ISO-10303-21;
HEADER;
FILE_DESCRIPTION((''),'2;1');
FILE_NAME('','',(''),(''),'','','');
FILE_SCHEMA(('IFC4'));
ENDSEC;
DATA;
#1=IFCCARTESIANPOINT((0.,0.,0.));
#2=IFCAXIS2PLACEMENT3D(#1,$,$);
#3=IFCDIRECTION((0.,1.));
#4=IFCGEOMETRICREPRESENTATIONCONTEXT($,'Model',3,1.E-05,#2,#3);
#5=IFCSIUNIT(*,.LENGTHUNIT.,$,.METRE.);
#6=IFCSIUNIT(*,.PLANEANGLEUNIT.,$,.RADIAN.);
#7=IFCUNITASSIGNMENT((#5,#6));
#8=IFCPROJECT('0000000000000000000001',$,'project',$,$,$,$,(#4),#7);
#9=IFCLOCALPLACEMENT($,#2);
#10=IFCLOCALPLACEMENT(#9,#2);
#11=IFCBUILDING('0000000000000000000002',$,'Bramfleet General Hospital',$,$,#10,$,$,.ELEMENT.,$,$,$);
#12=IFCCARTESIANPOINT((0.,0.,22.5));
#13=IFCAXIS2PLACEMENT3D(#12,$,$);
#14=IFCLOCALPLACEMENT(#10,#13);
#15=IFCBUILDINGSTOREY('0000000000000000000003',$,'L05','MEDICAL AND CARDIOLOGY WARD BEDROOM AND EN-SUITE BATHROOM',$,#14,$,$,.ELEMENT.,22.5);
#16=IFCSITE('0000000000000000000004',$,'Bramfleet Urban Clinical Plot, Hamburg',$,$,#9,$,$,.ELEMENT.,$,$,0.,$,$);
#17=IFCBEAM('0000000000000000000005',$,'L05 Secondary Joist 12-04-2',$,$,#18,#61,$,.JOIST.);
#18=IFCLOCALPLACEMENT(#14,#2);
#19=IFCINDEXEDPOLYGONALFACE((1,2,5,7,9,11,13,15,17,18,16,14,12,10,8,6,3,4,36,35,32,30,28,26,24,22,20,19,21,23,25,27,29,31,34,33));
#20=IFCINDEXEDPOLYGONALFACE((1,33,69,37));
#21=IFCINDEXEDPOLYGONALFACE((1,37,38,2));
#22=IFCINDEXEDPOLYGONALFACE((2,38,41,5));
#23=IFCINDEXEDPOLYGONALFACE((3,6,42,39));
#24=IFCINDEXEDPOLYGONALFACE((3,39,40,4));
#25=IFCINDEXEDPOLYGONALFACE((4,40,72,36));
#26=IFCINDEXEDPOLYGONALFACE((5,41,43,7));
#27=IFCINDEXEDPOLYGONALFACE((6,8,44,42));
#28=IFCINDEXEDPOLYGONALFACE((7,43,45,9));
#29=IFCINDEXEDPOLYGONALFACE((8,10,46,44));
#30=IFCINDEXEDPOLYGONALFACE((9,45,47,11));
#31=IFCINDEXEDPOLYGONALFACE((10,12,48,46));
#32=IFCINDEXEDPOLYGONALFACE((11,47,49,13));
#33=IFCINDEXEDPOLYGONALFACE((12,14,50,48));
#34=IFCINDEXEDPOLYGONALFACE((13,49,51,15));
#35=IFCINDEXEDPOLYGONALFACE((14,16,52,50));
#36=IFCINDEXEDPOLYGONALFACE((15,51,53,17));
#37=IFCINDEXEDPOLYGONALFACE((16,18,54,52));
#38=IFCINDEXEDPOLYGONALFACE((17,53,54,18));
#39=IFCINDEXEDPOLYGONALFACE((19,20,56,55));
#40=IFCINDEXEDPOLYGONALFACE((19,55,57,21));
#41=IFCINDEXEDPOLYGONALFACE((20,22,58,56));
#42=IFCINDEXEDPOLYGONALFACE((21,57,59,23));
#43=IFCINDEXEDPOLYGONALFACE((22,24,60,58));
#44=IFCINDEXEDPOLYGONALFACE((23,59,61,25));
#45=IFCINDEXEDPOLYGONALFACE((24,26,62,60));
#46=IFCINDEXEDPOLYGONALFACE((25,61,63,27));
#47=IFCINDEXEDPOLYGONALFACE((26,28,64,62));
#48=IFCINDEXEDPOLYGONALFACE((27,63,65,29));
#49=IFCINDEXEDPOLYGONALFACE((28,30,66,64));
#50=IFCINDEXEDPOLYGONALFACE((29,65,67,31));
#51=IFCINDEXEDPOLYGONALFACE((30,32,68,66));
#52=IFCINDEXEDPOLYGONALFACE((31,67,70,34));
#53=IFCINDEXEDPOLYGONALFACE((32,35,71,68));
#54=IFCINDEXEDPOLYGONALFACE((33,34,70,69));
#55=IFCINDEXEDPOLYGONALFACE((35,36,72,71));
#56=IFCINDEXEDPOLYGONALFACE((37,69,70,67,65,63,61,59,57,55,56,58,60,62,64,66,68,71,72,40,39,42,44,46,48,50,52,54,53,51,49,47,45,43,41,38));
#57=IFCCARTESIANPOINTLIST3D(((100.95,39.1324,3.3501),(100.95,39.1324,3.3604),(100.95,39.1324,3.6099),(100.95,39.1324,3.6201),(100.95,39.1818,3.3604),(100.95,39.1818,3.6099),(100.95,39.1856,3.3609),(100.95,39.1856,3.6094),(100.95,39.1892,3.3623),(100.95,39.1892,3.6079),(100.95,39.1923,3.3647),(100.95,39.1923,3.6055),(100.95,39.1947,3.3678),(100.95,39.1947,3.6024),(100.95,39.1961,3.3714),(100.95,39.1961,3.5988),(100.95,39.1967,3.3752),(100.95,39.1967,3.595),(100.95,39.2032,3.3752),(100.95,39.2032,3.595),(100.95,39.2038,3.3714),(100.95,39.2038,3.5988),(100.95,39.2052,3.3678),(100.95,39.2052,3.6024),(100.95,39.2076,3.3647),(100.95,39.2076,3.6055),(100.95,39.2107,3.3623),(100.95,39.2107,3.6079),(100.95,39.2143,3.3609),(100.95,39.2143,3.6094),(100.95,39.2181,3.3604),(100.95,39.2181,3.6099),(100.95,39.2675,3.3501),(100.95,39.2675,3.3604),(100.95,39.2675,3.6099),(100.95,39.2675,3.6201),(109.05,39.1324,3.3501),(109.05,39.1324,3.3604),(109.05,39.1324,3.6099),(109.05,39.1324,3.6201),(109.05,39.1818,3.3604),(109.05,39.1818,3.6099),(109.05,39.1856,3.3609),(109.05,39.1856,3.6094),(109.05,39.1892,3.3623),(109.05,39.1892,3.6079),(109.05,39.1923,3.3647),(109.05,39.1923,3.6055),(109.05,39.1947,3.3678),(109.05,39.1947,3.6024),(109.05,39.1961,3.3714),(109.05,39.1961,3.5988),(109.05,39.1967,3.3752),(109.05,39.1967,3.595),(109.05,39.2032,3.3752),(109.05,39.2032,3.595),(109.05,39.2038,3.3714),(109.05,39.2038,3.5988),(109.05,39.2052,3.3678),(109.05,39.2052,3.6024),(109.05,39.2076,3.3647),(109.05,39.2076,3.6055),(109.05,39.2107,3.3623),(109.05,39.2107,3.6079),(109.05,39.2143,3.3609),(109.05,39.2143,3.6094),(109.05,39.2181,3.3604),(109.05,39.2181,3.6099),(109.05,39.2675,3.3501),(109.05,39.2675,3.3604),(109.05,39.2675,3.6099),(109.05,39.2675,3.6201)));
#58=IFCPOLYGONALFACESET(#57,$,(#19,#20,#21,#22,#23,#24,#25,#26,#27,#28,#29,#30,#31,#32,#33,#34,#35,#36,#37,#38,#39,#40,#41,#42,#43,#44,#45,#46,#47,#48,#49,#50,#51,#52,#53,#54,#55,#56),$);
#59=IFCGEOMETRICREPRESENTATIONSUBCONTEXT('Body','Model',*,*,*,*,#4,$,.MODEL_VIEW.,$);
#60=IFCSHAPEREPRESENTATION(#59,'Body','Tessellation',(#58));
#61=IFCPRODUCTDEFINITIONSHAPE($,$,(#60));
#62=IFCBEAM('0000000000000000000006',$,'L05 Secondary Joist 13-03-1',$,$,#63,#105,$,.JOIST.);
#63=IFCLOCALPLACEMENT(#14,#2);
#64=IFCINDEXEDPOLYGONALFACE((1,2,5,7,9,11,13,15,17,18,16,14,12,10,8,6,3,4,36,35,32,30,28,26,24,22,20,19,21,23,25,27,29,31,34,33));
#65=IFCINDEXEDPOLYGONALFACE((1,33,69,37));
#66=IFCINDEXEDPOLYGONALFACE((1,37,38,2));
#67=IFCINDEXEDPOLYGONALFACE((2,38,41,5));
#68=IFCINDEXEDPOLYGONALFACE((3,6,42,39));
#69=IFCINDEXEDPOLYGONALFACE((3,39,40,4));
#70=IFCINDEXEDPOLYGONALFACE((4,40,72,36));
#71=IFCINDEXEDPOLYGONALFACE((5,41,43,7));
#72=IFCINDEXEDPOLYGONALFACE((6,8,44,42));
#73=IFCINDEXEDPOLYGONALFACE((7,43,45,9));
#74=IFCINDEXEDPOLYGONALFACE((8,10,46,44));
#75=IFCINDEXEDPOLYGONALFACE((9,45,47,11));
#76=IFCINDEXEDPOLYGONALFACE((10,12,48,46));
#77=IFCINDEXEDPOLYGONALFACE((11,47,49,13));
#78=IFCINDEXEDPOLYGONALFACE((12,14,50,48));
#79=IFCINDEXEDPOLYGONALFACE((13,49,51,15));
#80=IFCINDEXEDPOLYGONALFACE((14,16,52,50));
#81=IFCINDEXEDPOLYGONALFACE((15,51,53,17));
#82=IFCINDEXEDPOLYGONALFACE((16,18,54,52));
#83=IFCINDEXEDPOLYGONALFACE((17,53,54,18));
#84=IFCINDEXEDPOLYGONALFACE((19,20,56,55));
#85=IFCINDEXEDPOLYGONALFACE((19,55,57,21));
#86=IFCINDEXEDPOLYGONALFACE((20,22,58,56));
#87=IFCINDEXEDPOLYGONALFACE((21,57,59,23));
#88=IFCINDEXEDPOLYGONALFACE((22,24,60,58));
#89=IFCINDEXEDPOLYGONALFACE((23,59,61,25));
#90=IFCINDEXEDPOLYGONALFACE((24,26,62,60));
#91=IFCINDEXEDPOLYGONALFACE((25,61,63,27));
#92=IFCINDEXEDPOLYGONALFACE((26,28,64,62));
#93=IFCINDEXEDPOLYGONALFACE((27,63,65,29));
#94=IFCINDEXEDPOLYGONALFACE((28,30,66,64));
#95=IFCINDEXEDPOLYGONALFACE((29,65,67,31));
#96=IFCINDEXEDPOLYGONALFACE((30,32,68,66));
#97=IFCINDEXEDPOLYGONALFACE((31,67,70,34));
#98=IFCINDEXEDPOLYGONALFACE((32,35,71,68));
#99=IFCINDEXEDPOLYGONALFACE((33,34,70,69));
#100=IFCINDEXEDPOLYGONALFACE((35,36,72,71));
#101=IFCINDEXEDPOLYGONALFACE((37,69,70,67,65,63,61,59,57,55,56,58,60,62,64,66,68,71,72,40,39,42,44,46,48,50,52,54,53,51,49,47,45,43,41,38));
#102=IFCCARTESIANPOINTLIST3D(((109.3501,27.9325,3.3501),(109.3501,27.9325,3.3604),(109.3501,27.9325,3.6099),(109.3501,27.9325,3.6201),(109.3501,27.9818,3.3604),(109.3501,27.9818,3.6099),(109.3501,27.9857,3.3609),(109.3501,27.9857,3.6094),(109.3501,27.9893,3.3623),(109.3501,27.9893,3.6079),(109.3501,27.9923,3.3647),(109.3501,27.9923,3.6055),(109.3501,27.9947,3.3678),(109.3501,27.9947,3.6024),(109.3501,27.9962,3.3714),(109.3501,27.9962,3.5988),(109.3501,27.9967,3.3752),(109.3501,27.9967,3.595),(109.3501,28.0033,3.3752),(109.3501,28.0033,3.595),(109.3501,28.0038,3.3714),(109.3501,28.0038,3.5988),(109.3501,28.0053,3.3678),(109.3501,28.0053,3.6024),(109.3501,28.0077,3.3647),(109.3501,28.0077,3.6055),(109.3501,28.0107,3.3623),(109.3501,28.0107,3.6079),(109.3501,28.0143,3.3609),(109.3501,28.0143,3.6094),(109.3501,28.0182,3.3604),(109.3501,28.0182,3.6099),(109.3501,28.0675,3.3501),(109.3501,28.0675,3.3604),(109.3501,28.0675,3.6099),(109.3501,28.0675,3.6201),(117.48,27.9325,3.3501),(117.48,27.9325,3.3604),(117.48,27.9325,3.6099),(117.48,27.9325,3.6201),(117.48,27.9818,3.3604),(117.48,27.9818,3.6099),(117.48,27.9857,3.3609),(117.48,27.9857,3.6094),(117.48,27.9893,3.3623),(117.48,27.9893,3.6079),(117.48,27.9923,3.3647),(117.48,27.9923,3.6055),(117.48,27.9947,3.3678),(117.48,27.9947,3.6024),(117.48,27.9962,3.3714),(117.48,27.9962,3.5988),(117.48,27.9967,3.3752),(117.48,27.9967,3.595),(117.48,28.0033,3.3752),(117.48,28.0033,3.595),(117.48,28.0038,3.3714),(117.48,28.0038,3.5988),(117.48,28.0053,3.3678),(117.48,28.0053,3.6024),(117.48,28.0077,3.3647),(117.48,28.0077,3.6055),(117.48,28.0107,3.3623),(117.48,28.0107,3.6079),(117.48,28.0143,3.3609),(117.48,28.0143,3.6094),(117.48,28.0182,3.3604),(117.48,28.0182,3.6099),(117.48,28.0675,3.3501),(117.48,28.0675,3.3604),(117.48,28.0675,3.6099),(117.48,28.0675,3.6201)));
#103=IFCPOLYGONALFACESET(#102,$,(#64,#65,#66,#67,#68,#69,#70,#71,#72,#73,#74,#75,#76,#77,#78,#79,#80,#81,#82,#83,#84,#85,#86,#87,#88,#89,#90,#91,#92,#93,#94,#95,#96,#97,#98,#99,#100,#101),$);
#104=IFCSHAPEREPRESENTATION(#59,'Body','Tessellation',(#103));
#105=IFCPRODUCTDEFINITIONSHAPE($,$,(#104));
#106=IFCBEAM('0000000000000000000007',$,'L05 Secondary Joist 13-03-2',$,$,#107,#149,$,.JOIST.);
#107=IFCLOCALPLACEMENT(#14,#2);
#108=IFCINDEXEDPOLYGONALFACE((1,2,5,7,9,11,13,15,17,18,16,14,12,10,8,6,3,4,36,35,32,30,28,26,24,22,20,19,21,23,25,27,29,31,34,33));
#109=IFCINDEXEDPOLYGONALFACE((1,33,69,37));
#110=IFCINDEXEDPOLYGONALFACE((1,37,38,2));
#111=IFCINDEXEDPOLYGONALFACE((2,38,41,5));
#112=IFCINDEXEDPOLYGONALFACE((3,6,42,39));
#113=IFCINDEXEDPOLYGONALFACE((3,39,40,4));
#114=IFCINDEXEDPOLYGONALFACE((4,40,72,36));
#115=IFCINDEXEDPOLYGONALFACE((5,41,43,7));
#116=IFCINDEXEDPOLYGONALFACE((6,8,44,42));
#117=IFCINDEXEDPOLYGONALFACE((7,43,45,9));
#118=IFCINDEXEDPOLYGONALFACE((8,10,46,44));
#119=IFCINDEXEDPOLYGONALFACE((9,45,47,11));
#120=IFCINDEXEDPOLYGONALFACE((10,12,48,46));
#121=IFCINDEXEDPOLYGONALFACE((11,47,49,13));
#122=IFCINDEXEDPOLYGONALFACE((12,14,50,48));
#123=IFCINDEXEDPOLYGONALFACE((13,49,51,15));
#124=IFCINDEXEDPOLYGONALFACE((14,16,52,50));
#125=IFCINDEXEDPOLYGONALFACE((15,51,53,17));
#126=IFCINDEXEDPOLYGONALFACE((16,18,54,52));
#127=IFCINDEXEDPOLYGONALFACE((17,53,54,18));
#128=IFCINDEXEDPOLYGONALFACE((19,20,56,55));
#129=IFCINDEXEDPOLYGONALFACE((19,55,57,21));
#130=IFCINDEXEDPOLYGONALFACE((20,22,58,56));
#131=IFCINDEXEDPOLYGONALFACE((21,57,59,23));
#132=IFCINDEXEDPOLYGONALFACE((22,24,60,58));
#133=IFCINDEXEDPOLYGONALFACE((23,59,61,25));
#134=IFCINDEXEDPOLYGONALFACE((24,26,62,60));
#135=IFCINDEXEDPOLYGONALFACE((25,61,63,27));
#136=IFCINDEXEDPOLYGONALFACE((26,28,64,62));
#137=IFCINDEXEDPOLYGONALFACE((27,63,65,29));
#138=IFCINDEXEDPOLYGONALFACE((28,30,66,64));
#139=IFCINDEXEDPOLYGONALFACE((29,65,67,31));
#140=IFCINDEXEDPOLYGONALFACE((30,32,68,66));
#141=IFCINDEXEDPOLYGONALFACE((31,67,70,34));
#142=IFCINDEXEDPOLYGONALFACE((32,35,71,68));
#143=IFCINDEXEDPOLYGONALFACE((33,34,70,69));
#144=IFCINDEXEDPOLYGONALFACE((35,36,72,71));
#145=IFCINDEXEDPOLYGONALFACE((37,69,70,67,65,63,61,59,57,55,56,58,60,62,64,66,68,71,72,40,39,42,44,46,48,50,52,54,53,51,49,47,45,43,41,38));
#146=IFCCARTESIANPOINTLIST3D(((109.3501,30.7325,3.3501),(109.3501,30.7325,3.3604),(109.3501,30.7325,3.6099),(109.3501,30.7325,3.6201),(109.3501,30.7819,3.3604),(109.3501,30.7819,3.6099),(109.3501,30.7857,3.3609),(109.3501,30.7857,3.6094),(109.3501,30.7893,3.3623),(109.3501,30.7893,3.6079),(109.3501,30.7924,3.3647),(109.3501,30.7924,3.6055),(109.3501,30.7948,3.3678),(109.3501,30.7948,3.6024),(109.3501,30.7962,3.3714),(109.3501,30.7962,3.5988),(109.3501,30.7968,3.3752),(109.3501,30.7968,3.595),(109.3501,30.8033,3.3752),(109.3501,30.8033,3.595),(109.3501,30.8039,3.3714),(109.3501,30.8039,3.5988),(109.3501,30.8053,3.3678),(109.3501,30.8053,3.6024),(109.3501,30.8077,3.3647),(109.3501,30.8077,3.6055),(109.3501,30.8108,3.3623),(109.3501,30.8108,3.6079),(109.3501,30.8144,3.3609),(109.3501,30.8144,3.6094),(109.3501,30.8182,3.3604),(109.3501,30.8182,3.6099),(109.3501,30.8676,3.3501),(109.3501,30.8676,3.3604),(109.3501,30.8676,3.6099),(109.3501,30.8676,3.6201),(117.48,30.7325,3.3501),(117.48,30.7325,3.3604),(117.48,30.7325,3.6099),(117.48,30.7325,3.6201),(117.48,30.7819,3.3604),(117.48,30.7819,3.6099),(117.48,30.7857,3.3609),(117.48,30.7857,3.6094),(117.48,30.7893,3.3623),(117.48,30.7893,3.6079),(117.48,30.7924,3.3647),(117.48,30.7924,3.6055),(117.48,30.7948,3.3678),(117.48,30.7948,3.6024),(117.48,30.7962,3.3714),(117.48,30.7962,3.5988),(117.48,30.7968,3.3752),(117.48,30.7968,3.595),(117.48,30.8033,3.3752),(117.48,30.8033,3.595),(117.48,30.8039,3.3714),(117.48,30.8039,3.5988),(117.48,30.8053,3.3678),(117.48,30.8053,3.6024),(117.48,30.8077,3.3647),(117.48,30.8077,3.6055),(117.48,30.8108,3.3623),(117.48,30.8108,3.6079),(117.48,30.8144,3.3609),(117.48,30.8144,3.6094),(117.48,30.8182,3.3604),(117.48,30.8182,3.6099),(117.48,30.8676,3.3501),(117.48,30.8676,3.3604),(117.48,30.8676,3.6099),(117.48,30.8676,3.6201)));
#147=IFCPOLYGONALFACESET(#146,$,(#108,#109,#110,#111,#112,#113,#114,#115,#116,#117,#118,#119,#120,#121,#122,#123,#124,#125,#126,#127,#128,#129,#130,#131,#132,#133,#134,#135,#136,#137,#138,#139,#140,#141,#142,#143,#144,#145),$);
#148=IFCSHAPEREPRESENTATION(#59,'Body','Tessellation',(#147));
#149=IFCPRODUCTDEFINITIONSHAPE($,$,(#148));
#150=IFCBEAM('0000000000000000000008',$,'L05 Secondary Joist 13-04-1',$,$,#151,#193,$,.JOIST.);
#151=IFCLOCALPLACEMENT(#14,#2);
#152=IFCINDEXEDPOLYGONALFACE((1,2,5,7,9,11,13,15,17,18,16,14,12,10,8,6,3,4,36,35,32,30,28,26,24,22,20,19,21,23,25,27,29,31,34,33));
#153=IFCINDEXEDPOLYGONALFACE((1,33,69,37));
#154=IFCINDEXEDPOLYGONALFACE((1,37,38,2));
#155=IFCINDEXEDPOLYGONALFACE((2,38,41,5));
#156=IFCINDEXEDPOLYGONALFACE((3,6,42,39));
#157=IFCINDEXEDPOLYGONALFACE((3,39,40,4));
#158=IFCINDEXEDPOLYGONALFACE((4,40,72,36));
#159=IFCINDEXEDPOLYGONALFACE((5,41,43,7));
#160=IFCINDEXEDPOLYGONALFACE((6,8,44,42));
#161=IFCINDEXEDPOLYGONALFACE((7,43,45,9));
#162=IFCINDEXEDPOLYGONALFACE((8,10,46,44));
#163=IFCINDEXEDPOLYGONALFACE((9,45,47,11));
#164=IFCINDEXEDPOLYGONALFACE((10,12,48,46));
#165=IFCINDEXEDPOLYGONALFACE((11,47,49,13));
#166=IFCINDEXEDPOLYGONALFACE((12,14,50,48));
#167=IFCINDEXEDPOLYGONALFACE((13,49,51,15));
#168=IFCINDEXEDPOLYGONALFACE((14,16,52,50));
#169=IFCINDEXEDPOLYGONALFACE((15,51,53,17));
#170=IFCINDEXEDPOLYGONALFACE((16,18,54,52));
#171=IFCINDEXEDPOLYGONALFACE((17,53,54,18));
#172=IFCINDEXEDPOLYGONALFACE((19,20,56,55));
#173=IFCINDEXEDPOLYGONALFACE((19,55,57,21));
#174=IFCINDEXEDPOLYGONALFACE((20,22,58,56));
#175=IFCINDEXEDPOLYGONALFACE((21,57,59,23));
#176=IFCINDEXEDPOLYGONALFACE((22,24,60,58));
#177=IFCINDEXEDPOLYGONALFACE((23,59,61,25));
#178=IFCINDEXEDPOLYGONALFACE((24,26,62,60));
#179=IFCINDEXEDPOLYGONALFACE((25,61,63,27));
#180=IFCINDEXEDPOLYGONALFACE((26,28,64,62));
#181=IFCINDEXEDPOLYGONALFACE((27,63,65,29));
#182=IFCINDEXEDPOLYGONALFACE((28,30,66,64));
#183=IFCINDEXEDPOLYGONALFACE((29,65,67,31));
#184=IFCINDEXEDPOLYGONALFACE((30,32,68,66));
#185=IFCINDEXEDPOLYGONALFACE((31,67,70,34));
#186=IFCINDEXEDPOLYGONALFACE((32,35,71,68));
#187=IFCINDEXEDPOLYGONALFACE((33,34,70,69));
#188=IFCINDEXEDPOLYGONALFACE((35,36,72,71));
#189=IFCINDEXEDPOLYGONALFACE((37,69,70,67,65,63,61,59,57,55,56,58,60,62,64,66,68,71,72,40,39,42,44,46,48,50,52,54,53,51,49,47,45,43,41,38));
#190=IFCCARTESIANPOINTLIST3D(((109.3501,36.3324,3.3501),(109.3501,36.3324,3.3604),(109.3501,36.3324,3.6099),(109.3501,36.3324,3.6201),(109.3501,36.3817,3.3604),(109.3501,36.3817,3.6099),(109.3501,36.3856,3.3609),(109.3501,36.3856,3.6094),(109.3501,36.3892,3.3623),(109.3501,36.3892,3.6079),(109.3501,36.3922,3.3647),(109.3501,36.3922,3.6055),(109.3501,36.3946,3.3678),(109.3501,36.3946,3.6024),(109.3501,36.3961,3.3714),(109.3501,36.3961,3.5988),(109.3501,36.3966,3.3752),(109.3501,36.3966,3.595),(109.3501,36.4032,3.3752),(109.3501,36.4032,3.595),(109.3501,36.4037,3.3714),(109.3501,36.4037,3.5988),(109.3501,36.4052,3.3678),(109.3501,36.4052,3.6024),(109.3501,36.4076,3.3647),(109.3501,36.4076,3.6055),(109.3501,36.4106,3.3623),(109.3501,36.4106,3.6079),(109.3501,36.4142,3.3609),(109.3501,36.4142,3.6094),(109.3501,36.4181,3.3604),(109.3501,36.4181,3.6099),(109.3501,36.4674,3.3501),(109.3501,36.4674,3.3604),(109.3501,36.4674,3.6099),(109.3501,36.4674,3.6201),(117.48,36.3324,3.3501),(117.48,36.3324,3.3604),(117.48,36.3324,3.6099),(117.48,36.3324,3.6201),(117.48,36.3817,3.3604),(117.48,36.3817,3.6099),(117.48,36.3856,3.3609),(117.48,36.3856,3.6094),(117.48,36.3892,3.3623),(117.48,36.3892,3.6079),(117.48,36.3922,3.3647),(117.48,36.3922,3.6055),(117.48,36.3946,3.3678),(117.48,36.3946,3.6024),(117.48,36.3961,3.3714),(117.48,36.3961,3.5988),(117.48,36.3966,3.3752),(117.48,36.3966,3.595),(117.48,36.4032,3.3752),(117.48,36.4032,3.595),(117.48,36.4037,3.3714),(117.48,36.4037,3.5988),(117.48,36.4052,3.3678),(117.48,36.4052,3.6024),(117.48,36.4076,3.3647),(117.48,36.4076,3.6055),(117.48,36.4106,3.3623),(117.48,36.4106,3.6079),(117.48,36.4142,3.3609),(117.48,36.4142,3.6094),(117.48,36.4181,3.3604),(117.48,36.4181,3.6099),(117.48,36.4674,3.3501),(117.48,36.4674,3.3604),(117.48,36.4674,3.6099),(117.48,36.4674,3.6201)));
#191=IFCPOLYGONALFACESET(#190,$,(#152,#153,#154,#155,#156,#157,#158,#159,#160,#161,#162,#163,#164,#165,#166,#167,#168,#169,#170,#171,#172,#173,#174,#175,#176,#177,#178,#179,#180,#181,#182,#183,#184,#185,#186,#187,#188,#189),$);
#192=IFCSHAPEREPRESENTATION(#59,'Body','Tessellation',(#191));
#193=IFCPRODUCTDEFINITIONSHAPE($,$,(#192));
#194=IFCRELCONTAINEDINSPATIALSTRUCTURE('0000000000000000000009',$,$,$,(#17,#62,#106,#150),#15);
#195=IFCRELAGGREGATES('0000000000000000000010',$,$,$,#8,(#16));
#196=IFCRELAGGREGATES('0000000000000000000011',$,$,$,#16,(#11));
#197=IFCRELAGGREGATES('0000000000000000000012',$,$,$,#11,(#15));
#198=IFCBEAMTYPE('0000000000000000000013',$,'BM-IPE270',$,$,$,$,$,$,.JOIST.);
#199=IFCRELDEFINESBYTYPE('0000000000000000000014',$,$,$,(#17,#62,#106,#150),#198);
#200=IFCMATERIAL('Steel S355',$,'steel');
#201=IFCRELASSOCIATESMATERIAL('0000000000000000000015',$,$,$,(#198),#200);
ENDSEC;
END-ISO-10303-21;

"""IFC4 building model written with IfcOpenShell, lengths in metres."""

from ifc_helpers import new_model, si_unit, direction, frame, origin, origin_2d, place, context, subcontext, project, spatial, i_section, extrude, material, material_profile, profile_set, type_object, element, save


model = new_model("IFC4")

# Units and contexts
model_context = context("Model", 3, precision=1e-05, world=origin(), true_north=direction((0.0, 1.0)))
body_context = subcontext(model_context, "Body", "Model", "MODEL_VIEW")
ifc_project = project(units=[si_unit("LENGTHUNIT", "METRE"), si_unit("PLANEANGLEUNIT", "RADIAN")], contexts=[model_context])

# Site, building, storey
site_placement = place(None, origin())
site = spatial("IfcSite", under=ifc_project, at=site_placement, Name="Bramfleet Urban Clinical Plot, Hamburg", CompositionType="ELEMENT", RefElevation=0.0)
building_placement = place(site_placement, origin())
building = spatial("IfcBuilding", under=site, at=building_placement, Name="Bramfleet General Hospital", CompositionType="ELEMENT")
storey_placement = place(building_placement, frame((0.0, 0.0, 22.5)))
storey = spatial("IfcBuildingStorey", under=building, at=storey_placement, Name="L05", Description="MEDICAL AND CARDIOLOGY WARD BEDROOM AND EN-SUITE BATHROOM", CompositionType="ELEMENT", Elevation=22.5)

# Beams
ifc_material_1 = material(Name="Steel S355", Category="steel")
ifc_material_profile_1 = material_profile(ifc_material_1, i_section(OverallWidth=0.135, OverallDepth=0.27, WebThickness=0.0066, FlangeThickness=0.0103, FilletRadius=0.0149, at=origin_2d()), Name="IPE 270")
ifc_profile_set_1 = profile_set([ifc_material_profile_1], Name="Steel S355")
beam_type_1 = type_object("IfcBeamType", Name="BM-IPE270", PredefinedType="JOIST", material=ifc_profile_set_1)
for number, where, z_axis, x_axis, name in (
    (1, (100.95, 39.2, 3.4851), (1.0, 0.0, 0.0), (0.0, 1.0, 0.0), "L05 Secondary Joist 12-04-2"),
):
    element("IfcBeam", number, at=place(storey_placement, frame(where, z_axis=z_axis, x_axis=x_axis)), inside=storey, type_object=beam_type_1, Name=name, PredefinedType="JOIST", context=body_context, shape_type="SweptSolid", body=[
        extrude(i_section(OverallWidth=0.135, OverallDepth=0.27, WebThickness=0.0066, FlangeThickness=0.0103, FilletRadius=0.0149, at=origin_2d()), origin(), (0.0, 0.0, 1.0), 8.1001),
    ])
for number, where, z_axis, x_axis, name in (
    (2, (109.3501, 28.0, 3.4851), (1.0, 0.0, 0.0), (0.0, 1.0, 0.0), "L05 Secondary Joist 13-03-1"),
    (3, (109.3501, 30.8, 3.4851), (1.0, 0.0, 0.0), (0.0, 1.0, 0.0), "L05 Secondary Joist 13-03-2"),
    (4, (109.3501, 36.3999, 3.4851), (1.0, 0.0, 0.0), (0.0, 1.0, 0.0), "L05 Secondary Joist 13-04-1"),
):
    element("IfcBeam", number, at=place(storey_placement, frame(where, z_axis=z_axis, x_axis=x_axis)), inside=storey, type_object=beam_type_1, Name=name, PredefinedType="JOIST", context=body_context, shape_type="SweptSolid", body=[
        extrude(i_section(OverallWidth=0.135, OverallDepth=0.27, WebThickness=0.0066, FlangeThickness=0.0103, FilletRadius=0.0149, at=origin_2d()), origin(), (0.0, 0.0, 1.0), 8.1299),
    ])

save(model, "model.ifc")
